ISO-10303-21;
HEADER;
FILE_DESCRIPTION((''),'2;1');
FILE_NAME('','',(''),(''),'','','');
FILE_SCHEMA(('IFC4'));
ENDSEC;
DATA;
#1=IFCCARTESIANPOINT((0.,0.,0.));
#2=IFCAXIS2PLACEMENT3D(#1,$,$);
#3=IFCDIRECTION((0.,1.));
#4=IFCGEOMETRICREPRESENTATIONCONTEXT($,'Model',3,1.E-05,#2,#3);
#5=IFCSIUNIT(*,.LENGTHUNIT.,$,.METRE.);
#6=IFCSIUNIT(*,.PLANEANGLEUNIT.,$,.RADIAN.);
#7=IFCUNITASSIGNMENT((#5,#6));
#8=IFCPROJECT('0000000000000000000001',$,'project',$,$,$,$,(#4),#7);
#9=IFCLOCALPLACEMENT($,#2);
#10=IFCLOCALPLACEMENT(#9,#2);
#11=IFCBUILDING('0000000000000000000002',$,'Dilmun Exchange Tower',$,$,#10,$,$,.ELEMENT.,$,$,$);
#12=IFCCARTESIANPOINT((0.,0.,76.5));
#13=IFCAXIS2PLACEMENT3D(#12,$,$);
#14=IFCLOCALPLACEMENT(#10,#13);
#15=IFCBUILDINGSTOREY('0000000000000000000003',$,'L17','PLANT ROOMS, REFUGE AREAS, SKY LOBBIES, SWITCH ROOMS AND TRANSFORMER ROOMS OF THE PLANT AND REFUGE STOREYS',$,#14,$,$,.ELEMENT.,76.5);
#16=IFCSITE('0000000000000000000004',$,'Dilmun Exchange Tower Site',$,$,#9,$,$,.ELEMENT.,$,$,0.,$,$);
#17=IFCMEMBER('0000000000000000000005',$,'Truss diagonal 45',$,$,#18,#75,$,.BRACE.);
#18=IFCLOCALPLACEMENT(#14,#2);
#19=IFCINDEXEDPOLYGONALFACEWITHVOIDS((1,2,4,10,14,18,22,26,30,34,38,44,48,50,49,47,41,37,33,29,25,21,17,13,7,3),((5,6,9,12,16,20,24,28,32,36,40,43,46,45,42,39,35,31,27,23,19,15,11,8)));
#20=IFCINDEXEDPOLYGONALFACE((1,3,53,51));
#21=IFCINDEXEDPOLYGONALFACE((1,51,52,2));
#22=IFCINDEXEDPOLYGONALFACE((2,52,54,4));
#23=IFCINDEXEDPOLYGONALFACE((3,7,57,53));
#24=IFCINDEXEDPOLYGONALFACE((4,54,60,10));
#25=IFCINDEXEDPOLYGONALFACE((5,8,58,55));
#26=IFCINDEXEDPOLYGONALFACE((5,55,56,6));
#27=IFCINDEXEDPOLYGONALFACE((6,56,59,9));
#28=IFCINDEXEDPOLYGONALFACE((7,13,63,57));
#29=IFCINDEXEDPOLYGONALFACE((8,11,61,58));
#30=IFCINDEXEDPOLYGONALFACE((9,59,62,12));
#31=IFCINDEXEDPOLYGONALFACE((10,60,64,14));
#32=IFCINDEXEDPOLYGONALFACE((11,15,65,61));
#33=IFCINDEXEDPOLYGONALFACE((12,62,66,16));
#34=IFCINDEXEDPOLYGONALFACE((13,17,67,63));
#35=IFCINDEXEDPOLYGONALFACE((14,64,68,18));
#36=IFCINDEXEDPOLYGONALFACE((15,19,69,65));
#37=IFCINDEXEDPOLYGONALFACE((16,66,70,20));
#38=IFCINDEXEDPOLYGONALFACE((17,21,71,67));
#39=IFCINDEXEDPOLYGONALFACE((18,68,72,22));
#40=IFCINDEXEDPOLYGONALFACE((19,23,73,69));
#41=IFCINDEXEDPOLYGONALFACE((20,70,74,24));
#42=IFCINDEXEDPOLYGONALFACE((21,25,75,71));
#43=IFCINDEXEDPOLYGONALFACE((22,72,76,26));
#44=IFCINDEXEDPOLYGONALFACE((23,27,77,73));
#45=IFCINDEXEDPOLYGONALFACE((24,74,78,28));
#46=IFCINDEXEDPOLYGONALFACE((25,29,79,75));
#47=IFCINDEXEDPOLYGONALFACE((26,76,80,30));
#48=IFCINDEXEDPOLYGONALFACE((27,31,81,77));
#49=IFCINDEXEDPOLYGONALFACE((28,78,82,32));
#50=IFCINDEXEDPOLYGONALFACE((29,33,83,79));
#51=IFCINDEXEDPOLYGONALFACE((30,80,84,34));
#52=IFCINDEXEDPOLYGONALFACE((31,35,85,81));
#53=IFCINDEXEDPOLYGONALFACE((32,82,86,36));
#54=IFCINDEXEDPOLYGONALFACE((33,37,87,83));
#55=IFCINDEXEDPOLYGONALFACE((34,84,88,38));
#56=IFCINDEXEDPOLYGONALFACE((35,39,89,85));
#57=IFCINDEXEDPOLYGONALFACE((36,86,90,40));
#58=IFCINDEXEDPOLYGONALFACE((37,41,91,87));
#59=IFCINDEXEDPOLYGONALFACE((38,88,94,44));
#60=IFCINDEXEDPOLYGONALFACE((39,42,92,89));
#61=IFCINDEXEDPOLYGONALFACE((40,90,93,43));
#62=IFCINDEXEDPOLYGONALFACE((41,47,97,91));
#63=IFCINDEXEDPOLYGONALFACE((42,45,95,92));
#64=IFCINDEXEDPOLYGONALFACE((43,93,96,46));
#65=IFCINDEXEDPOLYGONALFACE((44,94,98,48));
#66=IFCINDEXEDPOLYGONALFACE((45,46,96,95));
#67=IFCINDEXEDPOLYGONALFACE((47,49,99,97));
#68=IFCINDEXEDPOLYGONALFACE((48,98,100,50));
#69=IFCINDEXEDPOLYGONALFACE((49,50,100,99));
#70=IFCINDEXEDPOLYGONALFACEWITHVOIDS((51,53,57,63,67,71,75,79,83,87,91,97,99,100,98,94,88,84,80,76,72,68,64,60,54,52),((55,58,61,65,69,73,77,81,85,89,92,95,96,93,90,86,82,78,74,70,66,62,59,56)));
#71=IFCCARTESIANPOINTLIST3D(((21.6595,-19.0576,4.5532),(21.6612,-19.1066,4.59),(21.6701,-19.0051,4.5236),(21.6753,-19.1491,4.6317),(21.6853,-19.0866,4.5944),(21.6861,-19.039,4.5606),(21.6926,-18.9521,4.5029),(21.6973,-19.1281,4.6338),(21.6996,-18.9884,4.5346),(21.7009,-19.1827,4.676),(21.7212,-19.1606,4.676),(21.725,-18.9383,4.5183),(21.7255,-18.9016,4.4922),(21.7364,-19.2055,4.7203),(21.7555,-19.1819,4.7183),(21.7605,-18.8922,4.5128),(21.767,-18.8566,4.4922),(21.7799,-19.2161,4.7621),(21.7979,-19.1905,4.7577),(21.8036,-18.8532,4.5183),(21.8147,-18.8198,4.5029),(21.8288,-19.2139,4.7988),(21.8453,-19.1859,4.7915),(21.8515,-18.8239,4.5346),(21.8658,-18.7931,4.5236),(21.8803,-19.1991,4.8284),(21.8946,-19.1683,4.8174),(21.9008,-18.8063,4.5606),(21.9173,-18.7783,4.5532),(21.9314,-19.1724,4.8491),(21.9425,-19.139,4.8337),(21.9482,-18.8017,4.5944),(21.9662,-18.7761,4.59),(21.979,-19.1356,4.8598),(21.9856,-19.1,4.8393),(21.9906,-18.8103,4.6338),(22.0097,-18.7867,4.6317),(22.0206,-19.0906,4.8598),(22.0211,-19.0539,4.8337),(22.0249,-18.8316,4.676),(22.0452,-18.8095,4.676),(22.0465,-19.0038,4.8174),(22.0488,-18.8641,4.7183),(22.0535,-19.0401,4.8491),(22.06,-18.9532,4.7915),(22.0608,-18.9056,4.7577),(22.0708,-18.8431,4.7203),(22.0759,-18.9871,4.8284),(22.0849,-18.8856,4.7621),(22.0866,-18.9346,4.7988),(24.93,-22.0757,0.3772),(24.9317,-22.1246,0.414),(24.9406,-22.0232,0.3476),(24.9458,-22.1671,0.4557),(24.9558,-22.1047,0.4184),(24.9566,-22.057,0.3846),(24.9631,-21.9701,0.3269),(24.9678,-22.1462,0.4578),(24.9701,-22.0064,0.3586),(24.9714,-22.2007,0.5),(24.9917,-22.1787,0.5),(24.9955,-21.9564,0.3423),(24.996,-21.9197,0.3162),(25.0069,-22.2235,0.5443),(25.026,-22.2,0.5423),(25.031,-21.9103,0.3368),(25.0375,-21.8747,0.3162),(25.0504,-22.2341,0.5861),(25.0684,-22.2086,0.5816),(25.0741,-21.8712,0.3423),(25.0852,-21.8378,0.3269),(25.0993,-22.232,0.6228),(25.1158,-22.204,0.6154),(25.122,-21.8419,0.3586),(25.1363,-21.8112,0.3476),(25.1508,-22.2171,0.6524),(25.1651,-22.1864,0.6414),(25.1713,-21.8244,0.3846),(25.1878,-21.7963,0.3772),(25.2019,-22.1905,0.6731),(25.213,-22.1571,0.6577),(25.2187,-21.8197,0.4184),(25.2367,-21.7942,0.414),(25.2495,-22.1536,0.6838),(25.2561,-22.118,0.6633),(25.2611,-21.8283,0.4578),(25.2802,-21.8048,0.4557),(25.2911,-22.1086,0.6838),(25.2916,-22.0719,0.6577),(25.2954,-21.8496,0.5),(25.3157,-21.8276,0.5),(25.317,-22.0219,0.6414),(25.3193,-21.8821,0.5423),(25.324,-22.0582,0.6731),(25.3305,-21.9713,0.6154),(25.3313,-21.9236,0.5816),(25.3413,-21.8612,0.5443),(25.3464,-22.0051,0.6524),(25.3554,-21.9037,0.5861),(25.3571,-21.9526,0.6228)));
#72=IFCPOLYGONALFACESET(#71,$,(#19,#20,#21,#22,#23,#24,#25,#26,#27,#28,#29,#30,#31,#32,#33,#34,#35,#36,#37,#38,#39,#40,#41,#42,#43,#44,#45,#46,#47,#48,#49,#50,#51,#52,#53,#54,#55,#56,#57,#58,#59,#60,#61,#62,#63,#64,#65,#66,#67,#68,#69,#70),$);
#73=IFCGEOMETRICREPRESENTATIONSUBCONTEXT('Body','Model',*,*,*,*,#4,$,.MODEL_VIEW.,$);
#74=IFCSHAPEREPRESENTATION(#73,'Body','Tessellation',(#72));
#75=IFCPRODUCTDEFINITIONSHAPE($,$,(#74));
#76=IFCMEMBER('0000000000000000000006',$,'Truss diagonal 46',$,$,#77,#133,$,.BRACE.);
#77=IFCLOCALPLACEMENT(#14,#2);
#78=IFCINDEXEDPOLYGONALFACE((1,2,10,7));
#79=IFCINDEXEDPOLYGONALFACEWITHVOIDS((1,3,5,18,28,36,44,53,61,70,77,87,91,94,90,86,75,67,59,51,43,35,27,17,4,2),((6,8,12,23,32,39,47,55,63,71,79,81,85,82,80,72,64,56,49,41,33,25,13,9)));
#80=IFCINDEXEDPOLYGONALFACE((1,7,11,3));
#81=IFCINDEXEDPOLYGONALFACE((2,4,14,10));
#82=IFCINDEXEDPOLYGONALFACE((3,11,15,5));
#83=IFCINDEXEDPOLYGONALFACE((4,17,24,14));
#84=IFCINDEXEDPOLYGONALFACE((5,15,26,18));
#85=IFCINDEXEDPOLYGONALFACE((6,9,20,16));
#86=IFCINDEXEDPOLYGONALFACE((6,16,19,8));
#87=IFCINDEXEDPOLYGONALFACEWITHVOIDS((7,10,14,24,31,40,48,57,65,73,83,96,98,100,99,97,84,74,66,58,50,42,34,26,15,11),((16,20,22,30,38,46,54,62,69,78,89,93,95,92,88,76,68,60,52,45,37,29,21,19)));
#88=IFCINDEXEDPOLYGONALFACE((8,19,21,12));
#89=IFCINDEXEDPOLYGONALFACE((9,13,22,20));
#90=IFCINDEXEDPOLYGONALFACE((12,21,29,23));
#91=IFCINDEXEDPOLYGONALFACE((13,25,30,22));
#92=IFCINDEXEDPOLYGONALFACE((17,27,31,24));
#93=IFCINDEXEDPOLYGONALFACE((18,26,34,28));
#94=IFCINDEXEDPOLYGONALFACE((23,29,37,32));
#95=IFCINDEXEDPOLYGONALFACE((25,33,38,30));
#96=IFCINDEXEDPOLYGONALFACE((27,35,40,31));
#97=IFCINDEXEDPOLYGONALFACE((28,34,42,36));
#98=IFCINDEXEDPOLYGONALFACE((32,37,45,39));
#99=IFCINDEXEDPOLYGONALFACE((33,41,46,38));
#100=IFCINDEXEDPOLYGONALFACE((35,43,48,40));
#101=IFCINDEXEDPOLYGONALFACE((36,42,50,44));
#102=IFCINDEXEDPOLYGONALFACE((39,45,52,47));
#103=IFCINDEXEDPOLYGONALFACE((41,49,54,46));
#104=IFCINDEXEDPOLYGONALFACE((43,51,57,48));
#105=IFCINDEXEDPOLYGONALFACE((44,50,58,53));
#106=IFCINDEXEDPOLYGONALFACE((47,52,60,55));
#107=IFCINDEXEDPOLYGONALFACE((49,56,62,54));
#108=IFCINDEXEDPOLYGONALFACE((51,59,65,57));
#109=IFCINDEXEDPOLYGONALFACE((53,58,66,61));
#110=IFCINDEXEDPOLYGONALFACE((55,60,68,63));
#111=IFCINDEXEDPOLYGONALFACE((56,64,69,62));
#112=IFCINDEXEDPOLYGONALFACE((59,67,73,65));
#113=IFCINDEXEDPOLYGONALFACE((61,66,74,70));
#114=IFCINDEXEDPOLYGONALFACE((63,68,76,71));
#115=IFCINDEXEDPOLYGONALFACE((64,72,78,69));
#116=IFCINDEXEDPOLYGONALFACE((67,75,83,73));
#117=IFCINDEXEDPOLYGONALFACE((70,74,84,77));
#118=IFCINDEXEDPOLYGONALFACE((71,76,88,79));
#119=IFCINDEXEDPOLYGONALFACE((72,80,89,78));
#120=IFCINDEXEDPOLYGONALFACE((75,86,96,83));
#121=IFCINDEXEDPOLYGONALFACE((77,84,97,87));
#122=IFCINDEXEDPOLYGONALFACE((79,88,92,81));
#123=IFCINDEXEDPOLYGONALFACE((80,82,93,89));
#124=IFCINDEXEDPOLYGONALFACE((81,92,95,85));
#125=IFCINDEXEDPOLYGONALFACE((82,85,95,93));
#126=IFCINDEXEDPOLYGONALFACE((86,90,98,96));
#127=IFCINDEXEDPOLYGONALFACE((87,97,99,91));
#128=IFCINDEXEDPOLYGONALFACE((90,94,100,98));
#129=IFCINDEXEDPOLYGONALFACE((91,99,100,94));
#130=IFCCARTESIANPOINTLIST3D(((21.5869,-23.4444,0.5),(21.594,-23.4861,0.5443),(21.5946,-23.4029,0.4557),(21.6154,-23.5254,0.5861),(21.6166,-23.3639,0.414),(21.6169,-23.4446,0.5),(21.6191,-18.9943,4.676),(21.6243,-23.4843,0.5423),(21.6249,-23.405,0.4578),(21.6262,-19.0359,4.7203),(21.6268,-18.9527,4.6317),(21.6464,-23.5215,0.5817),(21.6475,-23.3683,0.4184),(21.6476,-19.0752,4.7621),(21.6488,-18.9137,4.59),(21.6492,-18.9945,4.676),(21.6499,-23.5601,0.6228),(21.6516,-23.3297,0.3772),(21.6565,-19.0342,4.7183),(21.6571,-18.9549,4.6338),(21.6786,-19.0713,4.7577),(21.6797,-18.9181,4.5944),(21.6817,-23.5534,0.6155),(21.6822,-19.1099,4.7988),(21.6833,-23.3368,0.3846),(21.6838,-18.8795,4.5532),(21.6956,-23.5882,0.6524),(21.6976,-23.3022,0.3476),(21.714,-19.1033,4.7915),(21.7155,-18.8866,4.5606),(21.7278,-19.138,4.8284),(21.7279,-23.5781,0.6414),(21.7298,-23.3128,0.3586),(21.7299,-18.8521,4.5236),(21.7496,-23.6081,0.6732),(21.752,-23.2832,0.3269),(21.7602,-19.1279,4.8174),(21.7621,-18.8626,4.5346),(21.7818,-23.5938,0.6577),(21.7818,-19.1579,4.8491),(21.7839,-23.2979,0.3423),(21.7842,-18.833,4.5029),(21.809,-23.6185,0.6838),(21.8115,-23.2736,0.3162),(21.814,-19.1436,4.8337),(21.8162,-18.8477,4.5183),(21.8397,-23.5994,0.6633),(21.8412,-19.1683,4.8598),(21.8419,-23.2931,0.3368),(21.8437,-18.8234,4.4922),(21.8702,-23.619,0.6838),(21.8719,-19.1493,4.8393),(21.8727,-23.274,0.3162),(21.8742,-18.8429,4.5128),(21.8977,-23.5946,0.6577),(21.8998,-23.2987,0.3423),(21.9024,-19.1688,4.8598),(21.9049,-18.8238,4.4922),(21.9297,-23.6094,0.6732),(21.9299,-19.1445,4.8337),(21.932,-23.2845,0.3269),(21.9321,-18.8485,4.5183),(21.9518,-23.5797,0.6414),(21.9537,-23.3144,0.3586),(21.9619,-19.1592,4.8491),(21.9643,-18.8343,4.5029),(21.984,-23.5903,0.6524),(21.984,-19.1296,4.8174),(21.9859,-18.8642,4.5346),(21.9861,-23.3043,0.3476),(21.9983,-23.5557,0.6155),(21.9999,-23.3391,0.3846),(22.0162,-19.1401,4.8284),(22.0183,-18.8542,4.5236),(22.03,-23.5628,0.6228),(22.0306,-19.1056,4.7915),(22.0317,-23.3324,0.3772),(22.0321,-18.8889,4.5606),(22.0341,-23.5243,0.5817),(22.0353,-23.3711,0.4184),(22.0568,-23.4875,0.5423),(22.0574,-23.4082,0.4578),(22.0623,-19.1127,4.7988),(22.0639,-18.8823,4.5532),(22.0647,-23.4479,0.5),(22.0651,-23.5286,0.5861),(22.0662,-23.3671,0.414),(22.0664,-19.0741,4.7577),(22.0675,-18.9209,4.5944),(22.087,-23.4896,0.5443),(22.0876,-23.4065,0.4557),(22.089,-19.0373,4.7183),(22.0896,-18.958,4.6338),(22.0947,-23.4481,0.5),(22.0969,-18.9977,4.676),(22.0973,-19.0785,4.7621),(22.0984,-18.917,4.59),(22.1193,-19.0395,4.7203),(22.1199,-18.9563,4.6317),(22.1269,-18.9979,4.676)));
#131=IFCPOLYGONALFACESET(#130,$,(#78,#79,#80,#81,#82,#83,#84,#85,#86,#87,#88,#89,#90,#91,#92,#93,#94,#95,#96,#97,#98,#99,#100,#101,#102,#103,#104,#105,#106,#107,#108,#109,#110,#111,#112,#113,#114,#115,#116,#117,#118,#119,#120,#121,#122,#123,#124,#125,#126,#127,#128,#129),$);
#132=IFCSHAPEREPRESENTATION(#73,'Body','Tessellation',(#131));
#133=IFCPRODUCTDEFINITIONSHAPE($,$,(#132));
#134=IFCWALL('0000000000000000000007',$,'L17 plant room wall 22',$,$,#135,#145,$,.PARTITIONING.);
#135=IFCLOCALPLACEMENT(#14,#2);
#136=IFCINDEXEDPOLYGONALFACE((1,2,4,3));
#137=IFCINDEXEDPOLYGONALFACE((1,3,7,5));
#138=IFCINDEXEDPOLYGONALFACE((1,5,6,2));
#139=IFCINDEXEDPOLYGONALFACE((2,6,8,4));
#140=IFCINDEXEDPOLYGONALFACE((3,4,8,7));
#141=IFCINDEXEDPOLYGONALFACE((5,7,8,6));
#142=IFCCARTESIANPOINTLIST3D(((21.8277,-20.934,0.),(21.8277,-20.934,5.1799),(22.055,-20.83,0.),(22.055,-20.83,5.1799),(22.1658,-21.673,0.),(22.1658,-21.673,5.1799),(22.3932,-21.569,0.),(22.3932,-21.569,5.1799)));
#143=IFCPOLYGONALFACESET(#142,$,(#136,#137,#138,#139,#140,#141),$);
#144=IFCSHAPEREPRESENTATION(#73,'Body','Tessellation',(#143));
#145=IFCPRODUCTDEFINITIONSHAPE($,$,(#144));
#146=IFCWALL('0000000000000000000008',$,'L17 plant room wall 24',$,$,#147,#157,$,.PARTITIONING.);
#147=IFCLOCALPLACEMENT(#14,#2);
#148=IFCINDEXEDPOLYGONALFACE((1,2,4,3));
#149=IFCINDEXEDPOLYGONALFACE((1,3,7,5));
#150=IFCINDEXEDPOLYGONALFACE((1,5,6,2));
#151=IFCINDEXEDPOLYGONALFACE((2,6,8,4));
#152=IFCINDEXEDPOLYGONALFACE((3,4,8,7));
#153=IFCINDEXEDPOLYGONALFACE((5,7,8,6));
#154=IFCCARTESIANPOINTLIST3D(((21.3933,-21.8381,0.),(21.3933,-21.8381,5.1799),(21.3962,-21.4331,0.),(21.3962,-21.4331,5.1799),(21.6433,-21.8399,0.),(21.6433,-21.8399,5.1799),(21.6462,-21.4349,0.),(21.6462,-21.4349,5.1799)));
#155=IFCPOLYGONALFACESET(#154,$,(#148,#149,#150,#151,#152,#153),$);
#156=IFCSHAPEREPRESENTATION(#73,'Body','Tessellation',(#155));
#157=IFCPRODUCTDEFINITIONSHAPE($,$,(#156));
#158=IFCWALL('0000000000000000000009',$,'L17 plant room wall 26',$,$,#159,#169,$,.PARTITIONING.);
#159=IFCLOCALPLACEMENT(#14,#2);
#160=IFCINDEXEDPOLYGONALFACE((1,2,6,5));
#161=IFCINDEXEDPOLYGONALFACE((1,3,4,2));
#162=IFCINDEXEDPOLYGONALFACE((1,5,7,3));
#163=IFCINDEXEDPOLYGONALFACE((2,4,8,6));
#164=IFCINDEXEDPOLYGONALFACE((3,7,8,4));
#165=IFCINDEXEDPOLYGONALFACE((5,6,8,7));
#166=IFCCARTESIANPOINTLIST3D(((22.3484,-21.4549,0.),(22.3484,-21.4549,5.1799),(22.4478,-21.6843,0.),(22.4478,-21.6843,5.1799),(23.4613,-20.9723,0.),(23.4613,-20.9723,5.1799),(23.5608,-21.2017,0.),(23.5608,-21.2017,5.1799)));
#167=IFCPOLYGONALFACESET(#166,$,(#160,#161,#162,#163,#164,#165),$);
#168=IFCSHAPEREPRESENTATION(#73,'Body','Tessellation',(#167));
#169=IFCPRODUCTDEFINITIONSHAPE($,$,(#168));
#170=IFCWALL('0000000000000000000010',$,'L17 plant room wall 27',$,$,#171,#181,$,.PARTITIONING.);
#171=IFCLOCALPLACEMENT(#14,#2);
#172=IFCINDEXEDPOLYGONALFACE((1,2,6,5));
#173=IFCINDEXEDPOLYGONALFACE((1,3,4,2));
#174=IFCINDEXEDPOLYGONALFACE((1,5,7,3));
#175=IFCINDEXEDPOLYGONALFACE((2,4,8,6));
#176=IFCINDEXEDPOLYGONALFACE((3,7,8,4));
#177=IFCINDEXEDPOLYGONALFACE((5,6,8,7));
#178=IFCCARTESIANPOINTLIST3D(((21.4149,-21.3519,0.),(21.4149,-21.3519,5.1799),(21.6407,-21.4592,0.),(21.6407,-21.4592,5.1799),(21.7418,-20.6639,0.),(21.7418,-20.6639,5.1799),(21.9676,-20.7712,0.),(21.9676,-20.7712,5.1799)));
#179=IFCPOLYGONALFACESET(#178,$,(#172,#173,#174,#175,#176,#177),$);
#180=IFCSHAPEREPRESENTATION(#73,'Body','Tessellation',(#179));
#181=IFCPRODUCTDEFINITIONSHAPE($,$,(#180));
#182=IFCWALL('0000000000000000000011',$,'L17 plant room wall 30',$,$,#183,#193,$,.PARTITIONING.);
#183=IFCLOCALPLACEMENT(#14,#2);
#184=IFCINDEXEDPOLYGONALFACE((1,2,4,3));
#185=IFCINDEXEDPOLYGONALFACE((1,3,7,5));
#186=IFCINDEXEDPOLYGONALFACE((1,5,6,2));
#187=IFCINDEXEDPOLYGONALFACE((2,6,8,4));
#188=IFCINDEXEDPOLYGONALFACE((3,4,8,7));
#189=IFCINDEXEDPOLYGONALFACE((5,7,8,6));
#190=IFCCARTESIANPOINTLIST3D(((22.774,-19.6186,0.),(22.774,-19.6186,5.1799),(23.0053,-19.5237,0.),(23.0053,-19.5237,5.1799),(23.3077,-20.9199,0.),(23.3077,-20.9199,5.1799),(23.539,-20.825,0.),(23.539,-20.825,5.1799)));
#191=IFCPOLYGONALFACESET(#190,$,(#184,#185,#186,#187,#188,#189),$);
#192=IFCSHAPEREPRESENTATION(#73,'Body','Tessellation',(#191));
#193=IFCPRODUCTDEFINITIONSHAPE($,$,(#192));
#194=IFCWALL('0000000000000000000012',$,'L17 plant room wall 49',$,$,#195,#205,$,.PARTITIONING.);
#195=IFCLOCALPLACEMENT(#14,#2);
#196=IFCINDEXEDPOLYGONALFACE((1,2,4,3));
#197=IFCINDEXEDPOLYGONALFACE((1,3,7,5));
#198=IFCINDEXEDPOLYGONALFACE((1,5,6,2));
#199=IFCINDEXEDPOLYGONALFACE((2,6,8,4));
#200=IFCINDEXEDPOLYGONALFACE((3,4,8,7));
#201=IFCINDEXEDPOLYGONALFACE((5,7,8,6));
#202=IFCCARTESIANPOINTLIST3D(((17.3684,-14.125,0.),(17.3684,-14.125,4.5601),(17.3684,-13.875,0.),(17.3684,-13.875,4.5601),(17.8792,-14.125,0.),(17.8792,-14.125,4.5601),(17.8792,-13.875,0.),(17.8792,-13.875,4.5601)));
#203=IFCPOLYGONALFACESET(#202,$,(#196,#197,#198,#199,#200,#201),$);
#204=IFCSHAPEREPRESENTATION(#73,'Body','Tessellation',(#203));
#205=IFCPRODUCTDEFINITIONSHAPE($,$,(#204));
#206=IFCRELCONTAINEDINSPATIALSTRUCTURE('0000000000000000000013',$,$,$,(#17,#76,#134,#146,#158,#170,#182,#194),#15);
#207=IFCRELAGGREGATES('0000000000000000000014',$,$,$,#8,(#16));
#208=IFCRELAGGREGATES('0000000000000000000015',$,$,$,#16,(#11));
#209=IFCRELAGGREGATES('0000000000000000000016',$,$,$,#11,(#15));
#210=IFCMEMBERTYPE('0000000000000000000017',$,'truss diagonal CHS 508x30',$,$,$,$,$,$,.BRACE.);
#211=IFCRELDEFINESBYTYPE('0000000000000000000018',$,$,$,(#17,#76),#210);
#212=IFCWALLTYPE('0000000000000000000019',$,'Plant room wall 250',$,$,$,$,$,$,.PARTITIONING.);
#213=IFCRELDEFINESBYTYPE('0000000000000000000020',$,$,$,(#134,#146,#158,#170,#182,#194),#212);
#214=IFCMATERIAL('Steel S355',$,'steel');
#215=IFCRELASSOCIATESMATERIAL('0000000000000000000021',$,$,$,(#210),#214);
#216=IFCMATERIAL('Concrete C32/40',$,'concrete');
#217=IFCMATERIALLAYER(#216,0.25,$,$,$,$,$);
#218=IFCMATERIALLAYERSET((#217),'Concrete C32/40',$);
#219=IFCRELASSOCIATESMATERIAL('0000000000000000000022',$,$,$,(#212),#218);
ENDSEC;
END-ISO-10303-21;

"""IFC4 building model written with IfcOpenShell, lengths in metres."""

from ifc_helpers import new_model, si_unit, direction, frame, frame_2d, origin, origin_2d, place, context, subcontext, project, spatial, rectangle, hollow_circle, extrude, material, layer, layer_set, material_profile, profile_set, type_object, element, save


model = new_model("IFC4")

# Units and contexts
model_context = context("Model", 3, precision=1e-05, world=origin(), true_north=direction((0.0, 1.0)))
body_context = subcontext(model_context, "Body", "Model", "MODEL_VIEW")
ifc_project = project(units=[si_unit("LENGTHUNIT", "METRE"), si_unit("PLANEANGLEUNIT", "RADIAN")], contexts=[model_context])

# Site, building, storey
site_placement = place(None, origin())
site = spatial("IfcSite", under=ifc_project, at=site_placement, Name="Dilmun Exchange Tower Site", CompositionType="ELEMENT", RefElevation=0.0)
building_placement = place(site_placement, origin())
building = spatial("IfcBuilding", under=site, at=building_placement, Name="Dilmun Exchange Tower", CompositionType="ELEMENT")
storey_placement = place(building_placement, frame((0.0, 0.0, 76.5)))
storey = spatial("IfcBuildingStorey", under=building, at=storey_placement, Name="L17", Description="PLANT ROOMS, REFUGE AREAS, SKY LOBBIES, SWITCH ROOMS AND TRANSFORMER ROOMS OF THE PLANT AND REFUGE STOREYS", CompositionType="ELEMENT", Elevation=76.5)

# Shared definitions
ifc_material_1 = material(Name="Steel S355", Category="steel")

# Members
ifc_material_profile_1 = material_profile(ifc_material_1, hollow_circle(Radius=0.2539, WallThickness=0.03, at=origin_2d()), Name="CHS 508x30")
ifc_profile_set_1 = profile_set([ifc_material_profile_1], Name="Steel S355")
member_type = type_object("IfcMemberType", Name="truss diagonal CHS 508x30", PredefinedType="BRACE", material=ifc_profile_set_1)
for number, where, z_axis, x_axis, name in (
    (1, (21.873, -18.9961, 4.676), (0.535903, -0.494538, -0.684281), (0.678175, 0.7349, 0.0), "Truss diagonal 45"),
    (2, (21.873, -18.9961, 4.676), (-0.005281, -0.729203, -0.684278), (0.999974, -0.007241, 0.0), "Truss diagonal 46"),
):
    element("IfcMember", number, at=place(storey_placement, frame(where, z_axis=z_axis, x_axis=x_axis)), inside=storey, type_object=member_type, Name=name, PredefinedType="BRACE", context=body_context, shape_type="SweptSolid", body=[
        extrude(hollow_circle(Radius=0.2539, WallThickness=0.03, at=origin_2d()), origin(), (0.0, 0.0, 1.0), 6.1028),
    ])

# Walls
ifc_material_2 = material(Name="Concrete C32/40", Category="concrete")
ifc_layer_1 = layer(ifc_material_2, 0.25)
ifc_layer_set_1 = layer_set([ifc_layer_1], Name="Concrete C32/40")
wall_type = type_object("IfcWallType", Name="Plant room wall 250", PredefinedType="PARTITIONING", material=ifc_layer_set_1)
wall_1_placement = place(storey_placement, frame((21.9414, -20.8821, 0.0), z_axis=(0.0, 0.0, 1.0), x_axis=(0.416065, -0.909335, 0.0)))
element("IfcWall", 3, at=wall_1_placement, inside=storey, type_object=wall_type, Name="L17 plant room wall 22", PredefinedType="PARTITIONING", context=body_context, shape_type="SweptSolid", body=[
    extrude(rectangle(XDim=0.8127, YDim=0.25, at=frame_2d((0.4062, 0.0))), origin(), (0.0, 0.0, 1.0), 5.1799),
])
wall_2_placement = place(storey_placement, frame((21.5183, -21.8391, 0.0), z_axis=(0.0, 0.0, 1.0), x_axis=(0.007233, 0.999974, 0.0)))
element("IfcWall", 4, at=wall_2_placement, inside=storey, type_object=wall_type, Name="L17 plant room wall 24", PredefinedType="PARTITIONING", context=body_context, shape_type="SweptSolid", body=[
    extrude(rectangle(XDim=0.405, YDim=0.25, at=frame_2d((0.2026, 0.0))), origin(), (0.0, 0.0, 1.0), 5.1799),
])
wall_3_placement = place(storey_placement, frame((22.3982, -21.5696, 0.0), z_axis=(0.0, 0.0, 1.0), x_axis=(0.91745, 0.39785, 0.0)))
element("IfcWall", 5, at=wall_3_placement, inside=storey, type_object=wall_type, Name="L17 plant room wall 26", PredefinedType="PARTITIONING", context=body_context, shape_type="SweptSolid", body=[
    extrude(rectangle(XDim=1.2131, YDim=0.25, at=frame_2d((0.6064, 0.0))), origin(), (0.0, 0.0, 1.0), 5.1799),
])
wall_4_placement = place(storey_placement, frame((21.5278, -21.4055, 0.0), z_axis=(0.0, 0.0, 1.0), x_axis=(0.429174, 0.903222, 0.0)))
element("IfcWall", 6, at=wall_4_placement, inside=storey, type_object=wall_type, Name="L17 plant room wall 27", PredefinedType="PARTITIONING", context=body_context, shape_type="SweptSolid", body=[
    extrude(rectangle(XDim=0.7617, YDim=0.25, at=frame_2d((0.3809, 0.0))), origin(), (0.0, 0.0, 1.0), 5.1799),
])
wall_5_placement = place(storey_placement, frame((22.8896, -19.5713, 0.0), z_axis=(0.0, 0.0, 1.0), x_axis=(0.379457, -0.925209, 0.0)))
element("IfcWall", 7, at=wall_5_placement, inside=storey, type_object=wall_type, Name="L17 plant room wall 30", PredefinedType="PARTITIONING", context=body_context, shape_type="SweptSolid", body=[
    extrude(rectangle(XDim=1.4065, YDim=0.25, at=frame_2d((0.7031, 0.0))), origin(), (0.0, 0.0, 1.0), 5.1799),
])
wall_6_placement = place(storey_placement, frame((17.3684, -14.0, 0.0), z_axis=(0.0, 0.0, 1.0), x_axis=(1.0, 0.0, 0.0)))
element("IfcWall", 8, at=wall_6_placement, inside=storey, type_object=wall_type, Name="L17 plant room wall 49", PredefinedType="PARTITIONING", context=body_context, shape_type="SweptSolid", body=[
    extrude(rectangle(XDim=0.5107, YDim=0.25, at=frame_2d((0.2554, 0.0))), origin(), (0.0, 0.0, 1.0), 4.5601),
])

save(model, "model.ifc")
